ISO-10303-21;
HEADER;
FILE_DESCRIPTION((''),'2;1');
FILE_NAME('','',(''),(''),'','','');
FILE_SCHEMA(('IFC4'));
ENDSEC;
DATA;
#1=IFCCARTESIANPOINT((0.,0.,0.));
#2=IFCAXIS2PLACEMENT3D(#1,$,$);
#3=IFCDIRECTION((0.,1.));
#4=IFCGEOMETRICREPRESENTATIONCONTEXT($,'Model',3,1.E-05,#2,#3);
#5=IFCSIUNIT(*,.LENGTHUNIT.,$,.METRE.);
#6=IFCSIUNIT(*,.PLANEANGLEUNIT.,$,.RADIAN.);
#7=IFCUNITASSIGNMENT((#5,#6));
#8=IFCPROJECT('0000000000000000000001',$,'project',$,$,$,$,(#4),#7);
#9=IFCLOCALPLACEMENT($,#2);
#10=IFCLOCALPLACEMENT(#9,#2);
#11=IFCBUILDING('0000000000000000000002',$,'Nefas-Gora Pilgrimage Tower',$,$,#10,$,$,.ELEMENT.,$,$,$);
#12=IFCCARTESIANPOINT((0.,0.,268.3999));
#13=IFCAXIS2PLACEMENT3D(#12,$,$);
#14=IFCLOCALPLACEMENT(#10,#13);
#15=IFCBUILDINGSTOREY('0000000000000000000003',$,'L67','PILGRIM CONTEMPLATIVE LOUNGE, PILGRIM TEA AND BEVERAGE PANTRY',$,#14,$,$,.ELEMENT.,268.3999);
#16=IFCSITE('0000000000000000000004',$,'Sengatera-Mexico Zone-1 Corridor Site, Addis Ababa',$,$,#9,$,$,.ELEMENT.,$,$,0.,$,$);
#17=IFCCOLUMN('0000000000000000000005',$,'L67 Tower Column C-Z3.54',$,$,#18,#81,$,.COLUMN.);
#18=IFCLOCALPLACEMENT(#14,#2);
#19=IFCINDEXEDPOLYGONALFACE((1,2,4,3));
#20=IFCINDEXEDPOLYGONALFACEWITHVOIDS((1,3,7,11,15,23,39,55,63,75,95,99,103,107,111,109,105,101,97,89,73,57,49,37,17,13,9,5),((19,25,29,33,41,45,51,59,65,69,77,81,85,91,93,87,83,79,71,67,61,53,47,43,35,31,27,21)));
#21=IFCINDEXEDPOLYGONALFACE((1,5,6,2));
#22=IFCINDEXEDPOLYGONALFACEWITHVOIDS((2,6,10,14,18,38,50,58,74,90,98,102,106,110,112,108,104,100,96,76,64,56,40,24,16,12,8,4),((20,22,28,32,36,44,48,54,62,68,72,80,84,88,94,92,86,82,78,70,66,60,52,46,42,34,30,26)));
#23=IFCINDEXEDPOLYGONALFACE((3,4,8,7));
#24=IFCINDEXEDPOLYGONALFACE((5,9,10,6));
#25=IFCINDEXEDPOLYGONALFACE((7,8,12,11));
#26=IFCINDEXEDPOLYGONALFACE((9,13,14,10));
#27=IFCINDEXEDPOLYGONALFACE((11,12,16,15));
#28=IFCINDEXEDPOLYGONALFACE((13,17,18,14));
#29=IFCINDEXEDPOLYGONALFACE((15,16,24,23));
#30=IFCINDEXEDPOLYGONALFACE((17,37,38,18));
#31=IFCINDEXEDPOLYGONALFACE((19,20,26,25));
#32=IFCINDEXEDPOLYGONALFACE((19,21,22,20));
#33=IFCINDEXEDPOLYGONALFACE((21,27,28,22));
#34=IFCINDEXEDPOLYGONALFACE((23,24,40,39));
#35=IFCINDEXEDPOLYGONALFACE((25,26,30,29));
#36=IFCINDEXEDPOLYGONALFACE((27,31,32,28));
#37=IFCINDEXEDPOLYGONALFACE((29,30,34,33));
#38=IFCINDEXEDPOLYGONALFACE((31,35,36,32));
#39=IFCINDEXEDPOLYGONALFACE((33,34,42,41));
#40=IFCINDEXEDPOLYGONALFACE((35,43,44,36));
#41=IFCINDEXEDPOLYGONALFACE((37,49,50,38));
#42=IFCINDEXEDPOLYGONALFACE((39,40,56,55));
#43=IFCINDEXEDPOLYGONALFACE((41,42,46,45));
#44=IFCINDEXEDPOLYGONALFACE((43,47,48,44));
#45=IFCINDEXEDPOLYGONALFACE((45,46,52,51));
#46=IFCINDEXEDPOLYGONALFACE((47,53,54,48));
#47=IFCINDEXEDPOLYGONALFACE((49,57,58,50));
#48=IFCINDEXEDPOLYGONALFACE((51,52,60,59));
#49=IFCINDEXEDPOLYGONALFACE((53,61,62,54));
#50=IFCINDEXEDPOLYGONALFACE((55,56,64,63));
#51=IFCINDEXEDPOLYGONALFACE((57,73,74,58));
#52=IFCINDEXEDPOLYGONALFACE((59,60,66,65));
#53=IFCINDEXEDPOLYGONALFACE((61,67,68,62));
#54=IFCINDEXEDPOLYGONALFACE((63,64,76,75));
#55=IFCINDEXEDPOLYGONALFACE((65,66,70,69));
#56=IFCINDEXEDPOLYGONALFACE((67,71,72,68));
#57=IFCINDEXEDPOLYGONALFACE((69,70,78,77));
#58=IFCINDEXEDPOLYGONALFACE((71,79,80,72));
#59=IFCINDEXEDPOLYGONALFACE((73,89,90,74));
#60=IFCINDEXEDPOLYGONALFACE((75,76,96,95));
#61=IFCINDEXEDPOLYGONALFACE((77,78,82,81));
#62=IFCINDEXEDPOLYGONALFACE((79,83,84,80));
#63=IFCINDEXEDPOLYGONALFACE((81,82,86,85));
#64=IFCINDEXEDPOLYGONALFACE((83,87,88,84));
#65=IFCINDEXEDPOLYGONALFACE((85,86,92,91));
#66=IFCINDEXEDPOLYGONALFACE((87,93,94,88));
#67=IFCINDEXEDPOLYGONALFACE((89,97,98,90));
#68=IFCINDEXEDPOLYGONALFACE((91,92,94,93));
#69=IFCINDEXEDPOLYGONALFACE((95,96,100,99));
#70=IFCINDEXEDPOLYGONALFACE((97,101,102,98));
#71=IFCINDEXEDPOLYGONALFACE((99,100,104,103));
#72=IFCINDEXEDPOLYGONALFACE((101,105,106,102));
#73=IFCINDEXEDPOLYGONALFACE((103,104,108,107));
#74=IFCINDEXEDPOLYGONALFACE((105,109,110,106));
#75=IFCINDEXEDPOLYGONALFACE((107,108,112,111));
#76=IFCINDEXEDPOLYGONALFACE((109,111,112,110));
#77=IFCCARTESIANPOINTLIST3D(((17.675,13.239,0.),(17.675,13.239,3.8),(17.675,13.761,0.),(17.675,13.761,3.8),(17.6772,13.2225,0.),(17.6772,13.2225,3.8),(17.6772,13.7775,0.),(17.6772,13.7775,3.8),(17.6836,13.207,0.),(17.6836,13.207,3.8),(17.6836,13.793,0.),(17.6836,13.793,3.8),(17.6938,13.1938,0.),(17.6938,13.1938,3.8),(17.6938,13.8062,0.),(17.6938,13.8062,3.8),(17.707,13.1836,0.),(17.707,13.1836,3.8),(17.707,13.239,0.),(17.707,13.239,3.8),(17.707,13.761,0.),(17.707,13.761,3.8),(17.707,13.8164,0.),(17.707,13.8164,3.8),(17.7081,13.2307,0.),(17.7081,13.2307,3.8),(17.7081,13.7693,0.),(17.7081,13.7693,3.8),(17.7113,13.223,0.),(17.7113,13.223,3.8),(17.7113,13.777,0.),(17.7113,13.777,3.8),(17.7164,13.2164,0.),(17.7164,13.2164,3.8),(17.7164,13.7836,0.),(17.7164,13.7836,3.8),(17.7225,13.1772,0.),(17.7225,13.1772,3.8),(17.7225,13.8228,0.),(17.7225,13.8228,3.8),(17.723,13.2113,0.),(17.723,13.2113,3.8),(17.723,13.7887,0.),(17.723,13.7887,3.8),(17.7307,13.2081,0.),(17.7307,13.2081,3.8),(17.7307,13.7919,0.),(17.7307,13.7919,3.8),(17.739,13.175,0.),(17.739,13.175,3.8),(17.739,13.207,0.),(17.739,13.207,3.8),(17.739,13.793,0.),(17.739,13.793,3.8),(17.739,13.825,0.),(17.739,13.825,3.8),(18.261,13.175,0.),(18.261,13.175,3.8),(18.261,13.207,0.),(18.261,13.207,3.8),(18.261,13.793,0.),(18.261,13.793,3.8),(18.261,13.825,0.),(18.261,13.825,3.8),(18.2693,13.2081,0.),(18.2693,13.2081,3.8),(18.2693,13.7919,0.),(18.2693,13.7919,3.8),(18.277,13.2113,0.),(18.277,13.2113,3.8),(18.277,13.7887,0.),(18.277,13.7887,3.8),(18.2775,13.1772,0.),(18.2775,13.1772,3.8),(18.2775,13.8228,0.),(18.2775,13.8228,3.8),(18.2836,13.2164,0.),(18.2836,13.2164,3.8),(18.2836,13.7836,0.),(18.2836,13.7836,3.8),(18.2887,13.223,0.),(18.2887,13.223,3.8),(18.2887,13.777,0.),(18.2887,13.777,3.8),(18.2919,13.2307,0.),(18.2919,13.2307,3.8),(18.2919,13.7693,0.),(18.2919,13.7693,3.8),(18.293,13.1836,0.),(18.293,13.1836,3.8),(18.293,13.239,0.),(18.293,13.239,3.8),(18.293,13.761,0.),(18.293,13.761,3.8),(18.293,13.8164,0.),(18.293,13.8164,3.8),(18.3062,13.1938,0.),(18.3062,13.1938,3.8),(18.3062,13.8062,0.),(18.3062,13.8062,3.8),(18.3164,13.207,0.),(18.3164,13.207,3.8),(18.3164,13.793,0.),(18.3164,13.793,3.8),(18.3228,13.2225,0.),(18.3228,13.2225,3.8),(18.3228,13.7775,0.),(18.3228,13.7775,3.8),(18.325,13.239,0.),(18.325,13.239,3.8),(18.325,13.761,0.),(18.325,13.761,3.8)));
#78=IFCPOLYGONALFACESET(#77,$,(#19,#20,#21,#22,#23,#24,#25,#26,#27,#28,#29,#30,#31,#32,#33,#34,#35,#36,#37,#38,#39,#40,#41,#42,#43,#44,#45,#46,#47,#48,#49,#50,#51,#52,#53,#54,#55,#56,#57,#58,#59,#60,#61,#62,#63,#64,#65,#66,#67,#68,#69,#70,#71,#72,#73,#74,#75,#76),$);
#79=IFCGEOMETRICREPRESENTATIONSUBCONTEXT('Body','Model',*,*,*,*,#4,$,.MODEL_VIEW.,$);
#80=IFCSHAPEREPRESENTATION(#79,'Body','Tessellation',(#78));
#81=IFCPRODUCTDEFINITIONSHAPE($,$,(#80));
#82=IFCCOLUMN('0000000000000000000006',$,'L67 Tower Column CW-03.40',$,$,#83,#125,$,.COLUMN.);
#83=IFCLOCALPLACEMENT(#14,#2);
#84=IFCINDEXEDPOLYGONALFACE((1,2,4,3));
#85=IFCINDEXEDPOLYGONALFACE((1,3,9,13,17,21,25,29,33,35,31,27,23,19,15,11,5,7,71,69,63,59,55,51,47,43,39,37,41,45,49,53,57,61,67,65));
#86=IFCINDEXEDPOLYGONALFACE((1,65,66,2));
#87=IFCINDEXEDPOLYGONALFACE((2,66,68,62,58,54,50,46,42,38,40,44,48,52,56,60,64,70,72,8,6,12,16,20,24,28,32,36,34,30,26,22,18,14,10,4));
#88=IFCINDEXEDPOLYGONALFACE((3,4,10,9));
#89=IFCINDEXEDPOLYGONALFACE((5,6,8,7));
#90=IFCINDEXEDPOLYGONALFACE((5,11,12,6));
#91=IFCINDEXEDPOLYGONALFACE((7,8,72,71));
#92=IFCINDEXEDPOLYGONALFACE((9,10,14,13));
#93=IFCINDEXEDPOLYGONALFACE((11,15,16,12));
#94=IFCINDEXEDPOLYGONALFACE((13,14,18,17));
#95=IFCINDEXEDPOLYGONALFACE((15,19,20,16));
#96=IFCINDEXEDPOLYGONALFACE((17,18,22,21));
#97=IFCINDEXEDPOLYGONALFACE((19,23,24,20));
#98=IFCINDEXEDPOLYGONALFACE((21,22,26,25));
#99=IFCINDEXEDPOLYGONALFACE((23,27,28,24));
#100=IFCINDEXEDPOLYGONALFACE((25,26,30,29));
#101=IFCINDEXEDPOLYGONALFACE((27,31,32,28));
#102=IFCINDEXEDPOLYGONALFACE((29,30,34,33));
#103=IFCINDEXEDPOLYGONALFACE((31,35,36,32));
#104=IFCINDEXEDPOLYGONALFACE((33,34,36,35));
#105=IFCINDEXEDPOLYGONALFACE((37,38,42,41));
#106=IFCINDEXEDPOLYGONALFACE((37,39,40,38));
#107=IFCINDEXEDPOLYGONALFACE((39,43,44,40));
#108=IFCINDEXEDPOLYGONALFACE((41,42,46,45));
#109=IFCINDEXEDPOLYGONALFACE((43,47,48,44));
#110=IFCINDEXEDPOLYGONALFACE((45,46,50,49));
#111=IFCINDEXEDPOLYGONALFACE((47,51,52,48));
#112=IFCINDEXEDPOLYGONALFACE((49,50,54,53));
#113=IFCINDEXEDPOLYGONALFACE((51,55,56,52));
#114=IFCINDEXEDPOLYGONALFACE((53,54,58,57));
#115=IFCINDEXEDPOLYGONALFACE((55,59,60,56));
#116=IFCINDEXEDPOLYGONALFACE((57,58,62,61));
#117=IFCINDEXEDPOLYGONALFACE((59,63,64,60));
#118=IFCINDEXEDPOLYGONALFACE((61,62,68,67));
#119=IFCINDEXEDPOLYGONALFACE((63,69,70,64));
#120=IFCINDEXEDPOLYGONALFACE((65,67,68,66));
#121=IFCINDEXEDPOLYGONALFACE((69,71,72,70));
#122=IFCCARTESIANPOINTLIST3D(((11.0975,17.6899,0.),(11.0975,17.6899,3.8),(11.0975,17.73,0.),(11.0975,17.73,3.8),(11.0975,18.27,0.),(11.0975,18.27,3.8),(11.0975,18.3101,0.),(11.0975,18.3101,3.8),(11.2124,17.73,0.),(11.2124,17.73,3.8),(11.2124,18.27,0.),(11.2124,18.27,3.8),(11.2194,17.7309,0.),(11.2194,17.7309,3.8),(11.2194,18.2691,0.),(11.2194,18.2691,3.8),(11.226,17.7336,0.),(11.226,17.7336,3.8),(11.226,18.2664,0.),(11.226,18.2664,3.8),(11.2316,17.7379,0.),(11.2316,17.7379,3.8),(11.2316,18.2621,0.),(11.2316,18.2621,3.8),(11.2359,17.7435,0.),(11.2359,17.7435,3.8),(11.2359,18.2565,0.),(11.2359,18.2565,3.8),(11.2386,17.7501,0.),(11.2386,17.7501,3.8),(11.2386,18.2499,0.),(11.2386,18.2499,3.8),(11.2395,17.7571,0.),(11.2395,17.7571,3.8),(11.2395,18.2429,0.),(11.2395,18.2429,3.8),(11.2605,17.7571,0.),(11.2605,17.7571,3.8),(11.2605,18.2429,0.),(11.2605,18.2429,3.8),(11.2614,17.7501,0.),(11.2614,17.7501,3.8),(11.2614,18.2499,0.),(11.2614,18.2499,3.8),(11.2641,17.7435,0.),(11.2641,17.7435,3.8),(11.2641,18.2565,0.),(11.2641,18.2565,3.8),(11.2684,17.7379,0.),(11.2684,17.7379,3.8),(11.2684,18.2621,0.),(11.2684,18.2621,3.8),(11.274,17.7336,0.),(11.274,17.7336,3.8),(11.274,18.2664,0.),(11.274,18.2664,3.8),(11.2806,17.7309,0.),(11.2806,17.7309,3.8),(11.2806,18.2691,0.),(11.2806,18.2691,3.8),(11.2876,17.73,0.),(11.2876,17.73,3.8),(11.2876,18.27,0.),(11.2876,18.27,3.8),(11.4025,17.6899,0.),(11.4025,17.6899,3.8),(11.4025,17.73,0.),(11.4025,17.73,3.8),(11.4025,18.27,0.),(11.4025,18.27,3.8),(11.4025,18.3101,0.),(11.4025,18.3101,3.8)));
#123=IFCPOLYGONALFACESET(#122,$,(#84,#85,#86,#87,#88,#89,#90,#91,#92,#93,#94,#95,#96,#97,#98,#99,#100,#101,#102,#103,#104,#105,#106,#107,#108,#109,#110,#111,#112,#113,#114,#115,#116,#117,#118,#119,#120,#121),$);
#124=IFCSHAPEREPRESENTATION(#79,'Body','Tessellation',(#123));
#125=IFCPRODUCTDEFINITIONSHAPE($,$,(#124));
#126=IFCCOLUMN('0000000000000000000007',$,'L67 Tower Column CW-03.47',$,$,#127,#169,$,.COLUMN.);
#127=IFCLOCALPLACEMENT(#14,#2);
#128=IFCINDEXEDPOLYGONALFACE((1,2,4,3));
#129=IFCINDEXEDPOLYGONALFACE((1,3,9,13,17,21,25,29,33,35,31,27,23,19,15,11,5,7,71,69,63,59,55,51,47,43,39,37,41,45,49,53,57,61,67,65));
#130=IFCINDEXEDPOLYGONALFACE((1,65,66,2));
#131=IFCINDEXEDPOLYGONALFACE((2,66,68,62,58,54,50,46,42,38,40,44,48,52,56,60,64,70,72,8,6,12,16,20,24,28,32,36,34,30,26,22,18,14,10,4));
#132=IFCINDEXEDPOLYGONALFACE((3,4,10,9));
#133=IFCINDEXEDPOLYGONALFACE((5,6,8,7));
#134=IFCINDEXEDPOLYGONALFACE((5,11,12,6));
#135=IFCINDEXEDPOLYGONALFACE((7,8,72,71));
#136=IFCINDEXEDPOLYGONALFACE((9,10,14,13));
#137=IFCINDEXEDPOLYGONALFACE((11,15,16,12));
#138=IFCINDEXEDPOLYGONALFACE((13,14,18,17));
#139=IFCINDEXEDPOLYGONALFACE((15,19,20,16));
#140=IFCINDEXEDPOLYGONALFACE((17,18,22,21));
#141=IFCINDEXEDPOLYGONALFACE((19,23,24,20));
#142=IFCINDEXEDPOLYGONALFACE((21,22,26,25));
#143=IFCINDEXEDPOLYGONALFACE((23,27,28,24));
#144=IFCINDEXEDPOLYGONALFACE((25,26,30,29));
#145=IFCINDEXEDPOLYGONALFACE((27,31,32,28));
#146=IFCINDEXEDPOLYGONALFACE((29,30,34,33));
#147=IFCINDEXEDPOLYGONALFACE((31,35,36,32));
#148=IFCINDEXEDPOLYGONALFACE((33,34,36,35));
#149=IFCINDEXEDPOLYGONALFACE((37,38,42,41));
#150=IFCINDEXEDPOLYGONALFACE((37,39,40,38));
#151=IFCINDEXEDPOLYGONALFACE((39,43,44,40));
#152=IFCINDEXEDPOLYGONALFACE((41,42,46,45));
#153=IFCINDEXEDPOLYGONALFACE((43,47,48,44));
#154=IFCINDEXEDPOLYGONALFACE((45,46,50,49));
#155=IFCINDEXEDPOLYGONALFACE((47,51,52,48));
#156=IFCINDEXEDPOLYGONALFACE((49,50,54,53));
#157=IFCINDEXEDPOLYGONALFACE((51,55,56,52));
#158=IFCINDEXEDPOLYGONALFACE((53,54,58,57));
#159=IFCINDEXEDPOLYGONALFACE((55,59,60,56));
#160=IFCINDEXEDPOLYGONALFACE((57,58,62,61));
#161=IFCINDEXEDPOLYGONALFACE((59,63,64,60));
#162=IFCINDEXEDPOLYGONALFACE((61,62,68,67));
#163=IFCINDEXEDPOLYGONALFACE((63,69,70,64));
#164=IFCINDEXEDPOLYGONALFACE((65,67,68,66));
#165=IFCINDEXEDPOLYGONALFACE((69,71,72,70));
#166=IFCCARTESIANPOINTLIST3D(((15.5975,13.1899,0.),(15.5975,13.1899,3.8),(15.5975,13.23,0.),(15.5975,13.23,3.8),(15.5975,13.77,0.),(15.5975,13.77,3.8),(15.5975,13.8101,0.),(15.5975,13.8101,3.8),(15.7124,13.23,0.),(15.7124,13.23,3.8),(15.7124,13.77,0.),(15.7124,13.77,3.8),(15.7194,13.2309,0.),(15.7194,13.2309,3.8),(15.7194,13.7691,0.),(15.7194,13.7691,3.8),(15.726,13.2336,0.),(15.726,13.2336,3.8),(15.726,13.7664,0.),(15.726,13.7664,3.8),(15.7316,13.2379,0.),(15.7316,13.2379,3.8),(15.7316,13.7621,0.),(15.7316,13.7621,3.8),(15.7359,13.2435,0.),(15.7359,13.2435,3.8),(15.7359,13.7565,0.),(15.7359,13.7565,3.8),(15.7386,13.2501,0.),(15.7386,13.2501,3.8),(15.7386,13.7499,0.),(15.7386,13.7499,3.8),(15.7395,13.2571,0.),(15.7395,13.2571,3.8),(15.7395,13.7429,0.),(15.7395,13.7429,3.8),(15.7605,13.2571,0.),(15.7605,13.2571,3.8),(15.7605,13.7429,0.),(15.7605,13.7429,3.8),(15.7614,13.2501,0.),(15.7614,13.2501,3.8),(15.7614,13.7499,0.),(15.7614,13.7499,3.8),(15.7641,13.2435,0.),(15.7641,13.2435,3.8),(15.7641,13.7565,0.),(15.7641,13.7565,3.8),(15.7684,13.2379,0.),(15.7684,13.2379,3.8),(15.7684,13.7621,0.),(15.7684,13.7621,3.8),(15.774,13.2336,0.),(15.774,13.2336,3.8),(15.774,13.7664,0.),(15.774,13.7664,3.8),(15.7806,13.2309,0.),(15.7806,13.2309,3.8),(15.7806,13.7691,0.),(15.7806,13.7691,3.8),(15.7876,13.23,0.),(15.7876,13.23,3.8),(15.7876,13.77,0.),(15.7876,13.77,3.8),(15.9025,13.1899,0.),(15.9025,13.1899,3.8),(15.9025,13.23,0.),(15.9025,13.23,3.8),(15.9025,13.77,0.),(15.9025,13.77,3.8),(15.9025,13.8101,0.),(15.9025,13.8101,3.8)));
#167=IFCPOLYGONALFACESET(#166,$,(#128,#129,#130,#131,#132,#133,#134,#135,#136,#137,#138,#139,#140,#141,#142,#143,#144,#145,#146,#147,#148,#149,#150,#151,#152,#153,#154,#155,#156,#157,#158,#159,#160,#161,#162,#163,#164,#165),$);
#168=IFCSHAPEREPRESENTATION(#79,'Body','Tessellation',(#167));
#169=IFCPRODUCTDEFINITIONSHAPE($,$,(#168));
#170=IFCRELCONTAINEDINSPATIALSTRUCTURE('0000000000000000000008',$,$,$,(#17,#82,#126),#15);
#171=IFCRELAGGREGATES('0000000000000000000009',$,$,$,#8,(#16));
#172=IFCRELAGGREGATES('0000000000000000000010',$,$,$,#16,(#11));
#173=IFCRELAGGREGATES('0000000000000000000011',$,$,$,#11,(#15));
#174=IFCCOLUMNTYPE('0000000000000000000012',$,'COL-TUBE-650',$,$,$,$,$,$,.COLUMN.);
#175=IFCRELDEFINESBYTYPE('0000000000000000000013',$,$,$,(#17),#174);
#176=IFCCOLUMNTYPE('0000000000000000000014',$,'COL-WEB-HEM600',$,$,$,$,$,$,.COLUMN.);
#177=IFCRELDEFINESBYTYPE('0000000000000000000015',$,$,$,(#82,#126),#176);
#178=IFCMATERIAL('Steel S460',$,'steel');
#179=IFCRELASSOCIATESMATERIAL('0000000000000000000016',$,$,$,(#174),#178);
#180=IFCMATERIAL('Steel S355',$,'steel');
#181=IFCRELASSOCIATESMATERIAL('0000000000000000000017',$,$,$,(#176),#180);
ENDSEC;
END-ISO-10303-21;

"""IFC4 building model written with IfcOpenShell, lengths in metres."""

from ifc_helpers import new_model, si_unit, direction, frame, origin, origin_2d, place, context, subcontext, project, spatial, hollow_rectangle, i_section, extrude, source, transform, mapped, material, material_profile, profile_set, type_object, element, save


model = new_model("IFC4")

# Units and contexts
model_context = context("Model", 3, precision=1e-05, world=origin(), true_north=direction((0.0, 1.0)))
body_context = subcontext(model_context, "Body", "Model", "MODEL_VIEW")
ifc_project = project(units=[si_unit("LENGTHUNIT", "METRE"), si_unit("PLANEANGLEUNIT", "RADIAN")], contexts=[model_context])

# Site, building, storey
site_placement = place(None, origin())
site = spatial("IfcSite", under=ifc_project, at=site_placement, Name="Sengatera-Mexico Zone-1 Corridor Site, Addis Ababa", CompositionType="ELEMENT", RefElevation=0.0)
building_placement = place(site_placement, origin())
building = spatial("IfcBuilding", under=site, at=building_placement, Name="Nefas-Gora Pilgrimage Tower", CompositionType="ELEMENT")
storey_placement = place(building_placement, frame((0.0, 0.0, 268.3999)))
storey = spatial("IfcBuildingStorey", under=building, at=storey_placement, Name="L67", Description="PILGRIM CONTEMPLATIVE LOUNGE, PILGRIM TEA AND BEVERAGE PANTRY", CompositionType="ELEMENT", Elevation=268.3999)

# Columns
ifc_material_1 = material(Name="Steel S460", Category="steel")
ifc_material_profile_1 = material_profile(ifc_material_1, hollow_rectangle(XDim=0.6499, YDim=0.6499, WallThickness=0.032, InnerFilletRadius=0.032, OuterFilletRadius=0.064, at=origin_2d()), Name="BOX 650x650x32")
ifc_profile_set_1 = profile_set([ifc_material_profile_1], Name="Steel S460")
column_type_1 = type_object("IfcColumnType", Name="COL-TUBE-650", PredefinedType="COLUMN", material=ifc_profile_set_1)
shared_shape_1 = source(origin(), body_context, "Body", "SweptSolid", [
    extrude(hollow_rectangle(XDim=0.6499, YDim=0.6499, WallThickness=0.032, InnerFilletRadius=0.032, OuterFilletRadius=0.064, at=origin_2d()), origin(), (0.0, 0.0, 1.0), 3.8),
])
column_placement = place(storey_placement, frame((18.0, 13.5, 0.0), z_axis=(0.0, 0.0, 1.0), x_axis=(1.0, 0.0, 0.0)))
element("IfcColumn", 1, at=column_placement, inside=storey, type_object=column_type_1, Name="L67 Tower Column C-Z3.54", PredefinedType="COLUMN", context=body_context, shape_type="MappedRepresentation", body=[
    mapped(shared_shape_1, transform((0.0, 0.0, 0.0), x_axis=(1.0, 0.0, 0.0), y_axis=(0.0, 1.0, 0.0), z_axis=(0.0, 0.0, 1.0), scale=1.0)),
])
ifc_material_2 = material(Name="Steel S355", Category="steel")
ifc_material_profile_2 = material_profile(ifc_material_2, i_section(OverallWidth=0.3049, OverallDepth=0.6201, WebThickness=0.021, FlangeThickness=0.04, FilletRadius=0.0271, at=origin_2d()), Name="HEM 600")
ifc_profile_set_2 = profile_set([ifc_material_profile_2], Name="Steel S355")
column_type_2 = type_object("IfcColumnType", Name="COL-WEB-HEM600", PredefinedType="COLUMN", material=ifc_profile_set_2)
shared_shape_2 = source(origin(), body_context, "Body", "SweptSolid", [
    extrude(i_section(OverallWidth=0.3049, OverallDepth=0.6201, WebThickness=0.021, FlangeThickness=0.04, FilletRadius=0.0271, at=origin_2d()), origin(), (0.0, 0.0, 1.0), 3.8),
])
for number, where, z_axis, x_axis, name in (
    (2, (11.25, 18.0, 0.0), (0.0, 0.0, 1.0), (1.0, 0.0, 0.0), "L67 Tower Column CW-03.40"),
    (3, (15.75, 13.5, 0.0), (0.0, 0.0, 1.0), (1.0, 0.0, 0.0), "L67 Tower Column CW-03.47"),
):
    element("IfcColumn", number, at=place(storey_placement, frame(where, z_axis=z_axis, x_axis=x_axis)), inside=storey, type_object=column_type_2, Name=name, PredefinedType="COLUMN", context=body_context, shape_type="MappedRepresentation", body=[
        mapped(shared_shape_2, transform((0.0, 0.0, 0.0), x_axis=(1.0, 0.0, 0.0), y_axis=(0.0, 1.0, 0.0), z_axis=(0.0, 0.0, 1.0), scale=1.0)),
    ])

save(model, "model.ifc")
